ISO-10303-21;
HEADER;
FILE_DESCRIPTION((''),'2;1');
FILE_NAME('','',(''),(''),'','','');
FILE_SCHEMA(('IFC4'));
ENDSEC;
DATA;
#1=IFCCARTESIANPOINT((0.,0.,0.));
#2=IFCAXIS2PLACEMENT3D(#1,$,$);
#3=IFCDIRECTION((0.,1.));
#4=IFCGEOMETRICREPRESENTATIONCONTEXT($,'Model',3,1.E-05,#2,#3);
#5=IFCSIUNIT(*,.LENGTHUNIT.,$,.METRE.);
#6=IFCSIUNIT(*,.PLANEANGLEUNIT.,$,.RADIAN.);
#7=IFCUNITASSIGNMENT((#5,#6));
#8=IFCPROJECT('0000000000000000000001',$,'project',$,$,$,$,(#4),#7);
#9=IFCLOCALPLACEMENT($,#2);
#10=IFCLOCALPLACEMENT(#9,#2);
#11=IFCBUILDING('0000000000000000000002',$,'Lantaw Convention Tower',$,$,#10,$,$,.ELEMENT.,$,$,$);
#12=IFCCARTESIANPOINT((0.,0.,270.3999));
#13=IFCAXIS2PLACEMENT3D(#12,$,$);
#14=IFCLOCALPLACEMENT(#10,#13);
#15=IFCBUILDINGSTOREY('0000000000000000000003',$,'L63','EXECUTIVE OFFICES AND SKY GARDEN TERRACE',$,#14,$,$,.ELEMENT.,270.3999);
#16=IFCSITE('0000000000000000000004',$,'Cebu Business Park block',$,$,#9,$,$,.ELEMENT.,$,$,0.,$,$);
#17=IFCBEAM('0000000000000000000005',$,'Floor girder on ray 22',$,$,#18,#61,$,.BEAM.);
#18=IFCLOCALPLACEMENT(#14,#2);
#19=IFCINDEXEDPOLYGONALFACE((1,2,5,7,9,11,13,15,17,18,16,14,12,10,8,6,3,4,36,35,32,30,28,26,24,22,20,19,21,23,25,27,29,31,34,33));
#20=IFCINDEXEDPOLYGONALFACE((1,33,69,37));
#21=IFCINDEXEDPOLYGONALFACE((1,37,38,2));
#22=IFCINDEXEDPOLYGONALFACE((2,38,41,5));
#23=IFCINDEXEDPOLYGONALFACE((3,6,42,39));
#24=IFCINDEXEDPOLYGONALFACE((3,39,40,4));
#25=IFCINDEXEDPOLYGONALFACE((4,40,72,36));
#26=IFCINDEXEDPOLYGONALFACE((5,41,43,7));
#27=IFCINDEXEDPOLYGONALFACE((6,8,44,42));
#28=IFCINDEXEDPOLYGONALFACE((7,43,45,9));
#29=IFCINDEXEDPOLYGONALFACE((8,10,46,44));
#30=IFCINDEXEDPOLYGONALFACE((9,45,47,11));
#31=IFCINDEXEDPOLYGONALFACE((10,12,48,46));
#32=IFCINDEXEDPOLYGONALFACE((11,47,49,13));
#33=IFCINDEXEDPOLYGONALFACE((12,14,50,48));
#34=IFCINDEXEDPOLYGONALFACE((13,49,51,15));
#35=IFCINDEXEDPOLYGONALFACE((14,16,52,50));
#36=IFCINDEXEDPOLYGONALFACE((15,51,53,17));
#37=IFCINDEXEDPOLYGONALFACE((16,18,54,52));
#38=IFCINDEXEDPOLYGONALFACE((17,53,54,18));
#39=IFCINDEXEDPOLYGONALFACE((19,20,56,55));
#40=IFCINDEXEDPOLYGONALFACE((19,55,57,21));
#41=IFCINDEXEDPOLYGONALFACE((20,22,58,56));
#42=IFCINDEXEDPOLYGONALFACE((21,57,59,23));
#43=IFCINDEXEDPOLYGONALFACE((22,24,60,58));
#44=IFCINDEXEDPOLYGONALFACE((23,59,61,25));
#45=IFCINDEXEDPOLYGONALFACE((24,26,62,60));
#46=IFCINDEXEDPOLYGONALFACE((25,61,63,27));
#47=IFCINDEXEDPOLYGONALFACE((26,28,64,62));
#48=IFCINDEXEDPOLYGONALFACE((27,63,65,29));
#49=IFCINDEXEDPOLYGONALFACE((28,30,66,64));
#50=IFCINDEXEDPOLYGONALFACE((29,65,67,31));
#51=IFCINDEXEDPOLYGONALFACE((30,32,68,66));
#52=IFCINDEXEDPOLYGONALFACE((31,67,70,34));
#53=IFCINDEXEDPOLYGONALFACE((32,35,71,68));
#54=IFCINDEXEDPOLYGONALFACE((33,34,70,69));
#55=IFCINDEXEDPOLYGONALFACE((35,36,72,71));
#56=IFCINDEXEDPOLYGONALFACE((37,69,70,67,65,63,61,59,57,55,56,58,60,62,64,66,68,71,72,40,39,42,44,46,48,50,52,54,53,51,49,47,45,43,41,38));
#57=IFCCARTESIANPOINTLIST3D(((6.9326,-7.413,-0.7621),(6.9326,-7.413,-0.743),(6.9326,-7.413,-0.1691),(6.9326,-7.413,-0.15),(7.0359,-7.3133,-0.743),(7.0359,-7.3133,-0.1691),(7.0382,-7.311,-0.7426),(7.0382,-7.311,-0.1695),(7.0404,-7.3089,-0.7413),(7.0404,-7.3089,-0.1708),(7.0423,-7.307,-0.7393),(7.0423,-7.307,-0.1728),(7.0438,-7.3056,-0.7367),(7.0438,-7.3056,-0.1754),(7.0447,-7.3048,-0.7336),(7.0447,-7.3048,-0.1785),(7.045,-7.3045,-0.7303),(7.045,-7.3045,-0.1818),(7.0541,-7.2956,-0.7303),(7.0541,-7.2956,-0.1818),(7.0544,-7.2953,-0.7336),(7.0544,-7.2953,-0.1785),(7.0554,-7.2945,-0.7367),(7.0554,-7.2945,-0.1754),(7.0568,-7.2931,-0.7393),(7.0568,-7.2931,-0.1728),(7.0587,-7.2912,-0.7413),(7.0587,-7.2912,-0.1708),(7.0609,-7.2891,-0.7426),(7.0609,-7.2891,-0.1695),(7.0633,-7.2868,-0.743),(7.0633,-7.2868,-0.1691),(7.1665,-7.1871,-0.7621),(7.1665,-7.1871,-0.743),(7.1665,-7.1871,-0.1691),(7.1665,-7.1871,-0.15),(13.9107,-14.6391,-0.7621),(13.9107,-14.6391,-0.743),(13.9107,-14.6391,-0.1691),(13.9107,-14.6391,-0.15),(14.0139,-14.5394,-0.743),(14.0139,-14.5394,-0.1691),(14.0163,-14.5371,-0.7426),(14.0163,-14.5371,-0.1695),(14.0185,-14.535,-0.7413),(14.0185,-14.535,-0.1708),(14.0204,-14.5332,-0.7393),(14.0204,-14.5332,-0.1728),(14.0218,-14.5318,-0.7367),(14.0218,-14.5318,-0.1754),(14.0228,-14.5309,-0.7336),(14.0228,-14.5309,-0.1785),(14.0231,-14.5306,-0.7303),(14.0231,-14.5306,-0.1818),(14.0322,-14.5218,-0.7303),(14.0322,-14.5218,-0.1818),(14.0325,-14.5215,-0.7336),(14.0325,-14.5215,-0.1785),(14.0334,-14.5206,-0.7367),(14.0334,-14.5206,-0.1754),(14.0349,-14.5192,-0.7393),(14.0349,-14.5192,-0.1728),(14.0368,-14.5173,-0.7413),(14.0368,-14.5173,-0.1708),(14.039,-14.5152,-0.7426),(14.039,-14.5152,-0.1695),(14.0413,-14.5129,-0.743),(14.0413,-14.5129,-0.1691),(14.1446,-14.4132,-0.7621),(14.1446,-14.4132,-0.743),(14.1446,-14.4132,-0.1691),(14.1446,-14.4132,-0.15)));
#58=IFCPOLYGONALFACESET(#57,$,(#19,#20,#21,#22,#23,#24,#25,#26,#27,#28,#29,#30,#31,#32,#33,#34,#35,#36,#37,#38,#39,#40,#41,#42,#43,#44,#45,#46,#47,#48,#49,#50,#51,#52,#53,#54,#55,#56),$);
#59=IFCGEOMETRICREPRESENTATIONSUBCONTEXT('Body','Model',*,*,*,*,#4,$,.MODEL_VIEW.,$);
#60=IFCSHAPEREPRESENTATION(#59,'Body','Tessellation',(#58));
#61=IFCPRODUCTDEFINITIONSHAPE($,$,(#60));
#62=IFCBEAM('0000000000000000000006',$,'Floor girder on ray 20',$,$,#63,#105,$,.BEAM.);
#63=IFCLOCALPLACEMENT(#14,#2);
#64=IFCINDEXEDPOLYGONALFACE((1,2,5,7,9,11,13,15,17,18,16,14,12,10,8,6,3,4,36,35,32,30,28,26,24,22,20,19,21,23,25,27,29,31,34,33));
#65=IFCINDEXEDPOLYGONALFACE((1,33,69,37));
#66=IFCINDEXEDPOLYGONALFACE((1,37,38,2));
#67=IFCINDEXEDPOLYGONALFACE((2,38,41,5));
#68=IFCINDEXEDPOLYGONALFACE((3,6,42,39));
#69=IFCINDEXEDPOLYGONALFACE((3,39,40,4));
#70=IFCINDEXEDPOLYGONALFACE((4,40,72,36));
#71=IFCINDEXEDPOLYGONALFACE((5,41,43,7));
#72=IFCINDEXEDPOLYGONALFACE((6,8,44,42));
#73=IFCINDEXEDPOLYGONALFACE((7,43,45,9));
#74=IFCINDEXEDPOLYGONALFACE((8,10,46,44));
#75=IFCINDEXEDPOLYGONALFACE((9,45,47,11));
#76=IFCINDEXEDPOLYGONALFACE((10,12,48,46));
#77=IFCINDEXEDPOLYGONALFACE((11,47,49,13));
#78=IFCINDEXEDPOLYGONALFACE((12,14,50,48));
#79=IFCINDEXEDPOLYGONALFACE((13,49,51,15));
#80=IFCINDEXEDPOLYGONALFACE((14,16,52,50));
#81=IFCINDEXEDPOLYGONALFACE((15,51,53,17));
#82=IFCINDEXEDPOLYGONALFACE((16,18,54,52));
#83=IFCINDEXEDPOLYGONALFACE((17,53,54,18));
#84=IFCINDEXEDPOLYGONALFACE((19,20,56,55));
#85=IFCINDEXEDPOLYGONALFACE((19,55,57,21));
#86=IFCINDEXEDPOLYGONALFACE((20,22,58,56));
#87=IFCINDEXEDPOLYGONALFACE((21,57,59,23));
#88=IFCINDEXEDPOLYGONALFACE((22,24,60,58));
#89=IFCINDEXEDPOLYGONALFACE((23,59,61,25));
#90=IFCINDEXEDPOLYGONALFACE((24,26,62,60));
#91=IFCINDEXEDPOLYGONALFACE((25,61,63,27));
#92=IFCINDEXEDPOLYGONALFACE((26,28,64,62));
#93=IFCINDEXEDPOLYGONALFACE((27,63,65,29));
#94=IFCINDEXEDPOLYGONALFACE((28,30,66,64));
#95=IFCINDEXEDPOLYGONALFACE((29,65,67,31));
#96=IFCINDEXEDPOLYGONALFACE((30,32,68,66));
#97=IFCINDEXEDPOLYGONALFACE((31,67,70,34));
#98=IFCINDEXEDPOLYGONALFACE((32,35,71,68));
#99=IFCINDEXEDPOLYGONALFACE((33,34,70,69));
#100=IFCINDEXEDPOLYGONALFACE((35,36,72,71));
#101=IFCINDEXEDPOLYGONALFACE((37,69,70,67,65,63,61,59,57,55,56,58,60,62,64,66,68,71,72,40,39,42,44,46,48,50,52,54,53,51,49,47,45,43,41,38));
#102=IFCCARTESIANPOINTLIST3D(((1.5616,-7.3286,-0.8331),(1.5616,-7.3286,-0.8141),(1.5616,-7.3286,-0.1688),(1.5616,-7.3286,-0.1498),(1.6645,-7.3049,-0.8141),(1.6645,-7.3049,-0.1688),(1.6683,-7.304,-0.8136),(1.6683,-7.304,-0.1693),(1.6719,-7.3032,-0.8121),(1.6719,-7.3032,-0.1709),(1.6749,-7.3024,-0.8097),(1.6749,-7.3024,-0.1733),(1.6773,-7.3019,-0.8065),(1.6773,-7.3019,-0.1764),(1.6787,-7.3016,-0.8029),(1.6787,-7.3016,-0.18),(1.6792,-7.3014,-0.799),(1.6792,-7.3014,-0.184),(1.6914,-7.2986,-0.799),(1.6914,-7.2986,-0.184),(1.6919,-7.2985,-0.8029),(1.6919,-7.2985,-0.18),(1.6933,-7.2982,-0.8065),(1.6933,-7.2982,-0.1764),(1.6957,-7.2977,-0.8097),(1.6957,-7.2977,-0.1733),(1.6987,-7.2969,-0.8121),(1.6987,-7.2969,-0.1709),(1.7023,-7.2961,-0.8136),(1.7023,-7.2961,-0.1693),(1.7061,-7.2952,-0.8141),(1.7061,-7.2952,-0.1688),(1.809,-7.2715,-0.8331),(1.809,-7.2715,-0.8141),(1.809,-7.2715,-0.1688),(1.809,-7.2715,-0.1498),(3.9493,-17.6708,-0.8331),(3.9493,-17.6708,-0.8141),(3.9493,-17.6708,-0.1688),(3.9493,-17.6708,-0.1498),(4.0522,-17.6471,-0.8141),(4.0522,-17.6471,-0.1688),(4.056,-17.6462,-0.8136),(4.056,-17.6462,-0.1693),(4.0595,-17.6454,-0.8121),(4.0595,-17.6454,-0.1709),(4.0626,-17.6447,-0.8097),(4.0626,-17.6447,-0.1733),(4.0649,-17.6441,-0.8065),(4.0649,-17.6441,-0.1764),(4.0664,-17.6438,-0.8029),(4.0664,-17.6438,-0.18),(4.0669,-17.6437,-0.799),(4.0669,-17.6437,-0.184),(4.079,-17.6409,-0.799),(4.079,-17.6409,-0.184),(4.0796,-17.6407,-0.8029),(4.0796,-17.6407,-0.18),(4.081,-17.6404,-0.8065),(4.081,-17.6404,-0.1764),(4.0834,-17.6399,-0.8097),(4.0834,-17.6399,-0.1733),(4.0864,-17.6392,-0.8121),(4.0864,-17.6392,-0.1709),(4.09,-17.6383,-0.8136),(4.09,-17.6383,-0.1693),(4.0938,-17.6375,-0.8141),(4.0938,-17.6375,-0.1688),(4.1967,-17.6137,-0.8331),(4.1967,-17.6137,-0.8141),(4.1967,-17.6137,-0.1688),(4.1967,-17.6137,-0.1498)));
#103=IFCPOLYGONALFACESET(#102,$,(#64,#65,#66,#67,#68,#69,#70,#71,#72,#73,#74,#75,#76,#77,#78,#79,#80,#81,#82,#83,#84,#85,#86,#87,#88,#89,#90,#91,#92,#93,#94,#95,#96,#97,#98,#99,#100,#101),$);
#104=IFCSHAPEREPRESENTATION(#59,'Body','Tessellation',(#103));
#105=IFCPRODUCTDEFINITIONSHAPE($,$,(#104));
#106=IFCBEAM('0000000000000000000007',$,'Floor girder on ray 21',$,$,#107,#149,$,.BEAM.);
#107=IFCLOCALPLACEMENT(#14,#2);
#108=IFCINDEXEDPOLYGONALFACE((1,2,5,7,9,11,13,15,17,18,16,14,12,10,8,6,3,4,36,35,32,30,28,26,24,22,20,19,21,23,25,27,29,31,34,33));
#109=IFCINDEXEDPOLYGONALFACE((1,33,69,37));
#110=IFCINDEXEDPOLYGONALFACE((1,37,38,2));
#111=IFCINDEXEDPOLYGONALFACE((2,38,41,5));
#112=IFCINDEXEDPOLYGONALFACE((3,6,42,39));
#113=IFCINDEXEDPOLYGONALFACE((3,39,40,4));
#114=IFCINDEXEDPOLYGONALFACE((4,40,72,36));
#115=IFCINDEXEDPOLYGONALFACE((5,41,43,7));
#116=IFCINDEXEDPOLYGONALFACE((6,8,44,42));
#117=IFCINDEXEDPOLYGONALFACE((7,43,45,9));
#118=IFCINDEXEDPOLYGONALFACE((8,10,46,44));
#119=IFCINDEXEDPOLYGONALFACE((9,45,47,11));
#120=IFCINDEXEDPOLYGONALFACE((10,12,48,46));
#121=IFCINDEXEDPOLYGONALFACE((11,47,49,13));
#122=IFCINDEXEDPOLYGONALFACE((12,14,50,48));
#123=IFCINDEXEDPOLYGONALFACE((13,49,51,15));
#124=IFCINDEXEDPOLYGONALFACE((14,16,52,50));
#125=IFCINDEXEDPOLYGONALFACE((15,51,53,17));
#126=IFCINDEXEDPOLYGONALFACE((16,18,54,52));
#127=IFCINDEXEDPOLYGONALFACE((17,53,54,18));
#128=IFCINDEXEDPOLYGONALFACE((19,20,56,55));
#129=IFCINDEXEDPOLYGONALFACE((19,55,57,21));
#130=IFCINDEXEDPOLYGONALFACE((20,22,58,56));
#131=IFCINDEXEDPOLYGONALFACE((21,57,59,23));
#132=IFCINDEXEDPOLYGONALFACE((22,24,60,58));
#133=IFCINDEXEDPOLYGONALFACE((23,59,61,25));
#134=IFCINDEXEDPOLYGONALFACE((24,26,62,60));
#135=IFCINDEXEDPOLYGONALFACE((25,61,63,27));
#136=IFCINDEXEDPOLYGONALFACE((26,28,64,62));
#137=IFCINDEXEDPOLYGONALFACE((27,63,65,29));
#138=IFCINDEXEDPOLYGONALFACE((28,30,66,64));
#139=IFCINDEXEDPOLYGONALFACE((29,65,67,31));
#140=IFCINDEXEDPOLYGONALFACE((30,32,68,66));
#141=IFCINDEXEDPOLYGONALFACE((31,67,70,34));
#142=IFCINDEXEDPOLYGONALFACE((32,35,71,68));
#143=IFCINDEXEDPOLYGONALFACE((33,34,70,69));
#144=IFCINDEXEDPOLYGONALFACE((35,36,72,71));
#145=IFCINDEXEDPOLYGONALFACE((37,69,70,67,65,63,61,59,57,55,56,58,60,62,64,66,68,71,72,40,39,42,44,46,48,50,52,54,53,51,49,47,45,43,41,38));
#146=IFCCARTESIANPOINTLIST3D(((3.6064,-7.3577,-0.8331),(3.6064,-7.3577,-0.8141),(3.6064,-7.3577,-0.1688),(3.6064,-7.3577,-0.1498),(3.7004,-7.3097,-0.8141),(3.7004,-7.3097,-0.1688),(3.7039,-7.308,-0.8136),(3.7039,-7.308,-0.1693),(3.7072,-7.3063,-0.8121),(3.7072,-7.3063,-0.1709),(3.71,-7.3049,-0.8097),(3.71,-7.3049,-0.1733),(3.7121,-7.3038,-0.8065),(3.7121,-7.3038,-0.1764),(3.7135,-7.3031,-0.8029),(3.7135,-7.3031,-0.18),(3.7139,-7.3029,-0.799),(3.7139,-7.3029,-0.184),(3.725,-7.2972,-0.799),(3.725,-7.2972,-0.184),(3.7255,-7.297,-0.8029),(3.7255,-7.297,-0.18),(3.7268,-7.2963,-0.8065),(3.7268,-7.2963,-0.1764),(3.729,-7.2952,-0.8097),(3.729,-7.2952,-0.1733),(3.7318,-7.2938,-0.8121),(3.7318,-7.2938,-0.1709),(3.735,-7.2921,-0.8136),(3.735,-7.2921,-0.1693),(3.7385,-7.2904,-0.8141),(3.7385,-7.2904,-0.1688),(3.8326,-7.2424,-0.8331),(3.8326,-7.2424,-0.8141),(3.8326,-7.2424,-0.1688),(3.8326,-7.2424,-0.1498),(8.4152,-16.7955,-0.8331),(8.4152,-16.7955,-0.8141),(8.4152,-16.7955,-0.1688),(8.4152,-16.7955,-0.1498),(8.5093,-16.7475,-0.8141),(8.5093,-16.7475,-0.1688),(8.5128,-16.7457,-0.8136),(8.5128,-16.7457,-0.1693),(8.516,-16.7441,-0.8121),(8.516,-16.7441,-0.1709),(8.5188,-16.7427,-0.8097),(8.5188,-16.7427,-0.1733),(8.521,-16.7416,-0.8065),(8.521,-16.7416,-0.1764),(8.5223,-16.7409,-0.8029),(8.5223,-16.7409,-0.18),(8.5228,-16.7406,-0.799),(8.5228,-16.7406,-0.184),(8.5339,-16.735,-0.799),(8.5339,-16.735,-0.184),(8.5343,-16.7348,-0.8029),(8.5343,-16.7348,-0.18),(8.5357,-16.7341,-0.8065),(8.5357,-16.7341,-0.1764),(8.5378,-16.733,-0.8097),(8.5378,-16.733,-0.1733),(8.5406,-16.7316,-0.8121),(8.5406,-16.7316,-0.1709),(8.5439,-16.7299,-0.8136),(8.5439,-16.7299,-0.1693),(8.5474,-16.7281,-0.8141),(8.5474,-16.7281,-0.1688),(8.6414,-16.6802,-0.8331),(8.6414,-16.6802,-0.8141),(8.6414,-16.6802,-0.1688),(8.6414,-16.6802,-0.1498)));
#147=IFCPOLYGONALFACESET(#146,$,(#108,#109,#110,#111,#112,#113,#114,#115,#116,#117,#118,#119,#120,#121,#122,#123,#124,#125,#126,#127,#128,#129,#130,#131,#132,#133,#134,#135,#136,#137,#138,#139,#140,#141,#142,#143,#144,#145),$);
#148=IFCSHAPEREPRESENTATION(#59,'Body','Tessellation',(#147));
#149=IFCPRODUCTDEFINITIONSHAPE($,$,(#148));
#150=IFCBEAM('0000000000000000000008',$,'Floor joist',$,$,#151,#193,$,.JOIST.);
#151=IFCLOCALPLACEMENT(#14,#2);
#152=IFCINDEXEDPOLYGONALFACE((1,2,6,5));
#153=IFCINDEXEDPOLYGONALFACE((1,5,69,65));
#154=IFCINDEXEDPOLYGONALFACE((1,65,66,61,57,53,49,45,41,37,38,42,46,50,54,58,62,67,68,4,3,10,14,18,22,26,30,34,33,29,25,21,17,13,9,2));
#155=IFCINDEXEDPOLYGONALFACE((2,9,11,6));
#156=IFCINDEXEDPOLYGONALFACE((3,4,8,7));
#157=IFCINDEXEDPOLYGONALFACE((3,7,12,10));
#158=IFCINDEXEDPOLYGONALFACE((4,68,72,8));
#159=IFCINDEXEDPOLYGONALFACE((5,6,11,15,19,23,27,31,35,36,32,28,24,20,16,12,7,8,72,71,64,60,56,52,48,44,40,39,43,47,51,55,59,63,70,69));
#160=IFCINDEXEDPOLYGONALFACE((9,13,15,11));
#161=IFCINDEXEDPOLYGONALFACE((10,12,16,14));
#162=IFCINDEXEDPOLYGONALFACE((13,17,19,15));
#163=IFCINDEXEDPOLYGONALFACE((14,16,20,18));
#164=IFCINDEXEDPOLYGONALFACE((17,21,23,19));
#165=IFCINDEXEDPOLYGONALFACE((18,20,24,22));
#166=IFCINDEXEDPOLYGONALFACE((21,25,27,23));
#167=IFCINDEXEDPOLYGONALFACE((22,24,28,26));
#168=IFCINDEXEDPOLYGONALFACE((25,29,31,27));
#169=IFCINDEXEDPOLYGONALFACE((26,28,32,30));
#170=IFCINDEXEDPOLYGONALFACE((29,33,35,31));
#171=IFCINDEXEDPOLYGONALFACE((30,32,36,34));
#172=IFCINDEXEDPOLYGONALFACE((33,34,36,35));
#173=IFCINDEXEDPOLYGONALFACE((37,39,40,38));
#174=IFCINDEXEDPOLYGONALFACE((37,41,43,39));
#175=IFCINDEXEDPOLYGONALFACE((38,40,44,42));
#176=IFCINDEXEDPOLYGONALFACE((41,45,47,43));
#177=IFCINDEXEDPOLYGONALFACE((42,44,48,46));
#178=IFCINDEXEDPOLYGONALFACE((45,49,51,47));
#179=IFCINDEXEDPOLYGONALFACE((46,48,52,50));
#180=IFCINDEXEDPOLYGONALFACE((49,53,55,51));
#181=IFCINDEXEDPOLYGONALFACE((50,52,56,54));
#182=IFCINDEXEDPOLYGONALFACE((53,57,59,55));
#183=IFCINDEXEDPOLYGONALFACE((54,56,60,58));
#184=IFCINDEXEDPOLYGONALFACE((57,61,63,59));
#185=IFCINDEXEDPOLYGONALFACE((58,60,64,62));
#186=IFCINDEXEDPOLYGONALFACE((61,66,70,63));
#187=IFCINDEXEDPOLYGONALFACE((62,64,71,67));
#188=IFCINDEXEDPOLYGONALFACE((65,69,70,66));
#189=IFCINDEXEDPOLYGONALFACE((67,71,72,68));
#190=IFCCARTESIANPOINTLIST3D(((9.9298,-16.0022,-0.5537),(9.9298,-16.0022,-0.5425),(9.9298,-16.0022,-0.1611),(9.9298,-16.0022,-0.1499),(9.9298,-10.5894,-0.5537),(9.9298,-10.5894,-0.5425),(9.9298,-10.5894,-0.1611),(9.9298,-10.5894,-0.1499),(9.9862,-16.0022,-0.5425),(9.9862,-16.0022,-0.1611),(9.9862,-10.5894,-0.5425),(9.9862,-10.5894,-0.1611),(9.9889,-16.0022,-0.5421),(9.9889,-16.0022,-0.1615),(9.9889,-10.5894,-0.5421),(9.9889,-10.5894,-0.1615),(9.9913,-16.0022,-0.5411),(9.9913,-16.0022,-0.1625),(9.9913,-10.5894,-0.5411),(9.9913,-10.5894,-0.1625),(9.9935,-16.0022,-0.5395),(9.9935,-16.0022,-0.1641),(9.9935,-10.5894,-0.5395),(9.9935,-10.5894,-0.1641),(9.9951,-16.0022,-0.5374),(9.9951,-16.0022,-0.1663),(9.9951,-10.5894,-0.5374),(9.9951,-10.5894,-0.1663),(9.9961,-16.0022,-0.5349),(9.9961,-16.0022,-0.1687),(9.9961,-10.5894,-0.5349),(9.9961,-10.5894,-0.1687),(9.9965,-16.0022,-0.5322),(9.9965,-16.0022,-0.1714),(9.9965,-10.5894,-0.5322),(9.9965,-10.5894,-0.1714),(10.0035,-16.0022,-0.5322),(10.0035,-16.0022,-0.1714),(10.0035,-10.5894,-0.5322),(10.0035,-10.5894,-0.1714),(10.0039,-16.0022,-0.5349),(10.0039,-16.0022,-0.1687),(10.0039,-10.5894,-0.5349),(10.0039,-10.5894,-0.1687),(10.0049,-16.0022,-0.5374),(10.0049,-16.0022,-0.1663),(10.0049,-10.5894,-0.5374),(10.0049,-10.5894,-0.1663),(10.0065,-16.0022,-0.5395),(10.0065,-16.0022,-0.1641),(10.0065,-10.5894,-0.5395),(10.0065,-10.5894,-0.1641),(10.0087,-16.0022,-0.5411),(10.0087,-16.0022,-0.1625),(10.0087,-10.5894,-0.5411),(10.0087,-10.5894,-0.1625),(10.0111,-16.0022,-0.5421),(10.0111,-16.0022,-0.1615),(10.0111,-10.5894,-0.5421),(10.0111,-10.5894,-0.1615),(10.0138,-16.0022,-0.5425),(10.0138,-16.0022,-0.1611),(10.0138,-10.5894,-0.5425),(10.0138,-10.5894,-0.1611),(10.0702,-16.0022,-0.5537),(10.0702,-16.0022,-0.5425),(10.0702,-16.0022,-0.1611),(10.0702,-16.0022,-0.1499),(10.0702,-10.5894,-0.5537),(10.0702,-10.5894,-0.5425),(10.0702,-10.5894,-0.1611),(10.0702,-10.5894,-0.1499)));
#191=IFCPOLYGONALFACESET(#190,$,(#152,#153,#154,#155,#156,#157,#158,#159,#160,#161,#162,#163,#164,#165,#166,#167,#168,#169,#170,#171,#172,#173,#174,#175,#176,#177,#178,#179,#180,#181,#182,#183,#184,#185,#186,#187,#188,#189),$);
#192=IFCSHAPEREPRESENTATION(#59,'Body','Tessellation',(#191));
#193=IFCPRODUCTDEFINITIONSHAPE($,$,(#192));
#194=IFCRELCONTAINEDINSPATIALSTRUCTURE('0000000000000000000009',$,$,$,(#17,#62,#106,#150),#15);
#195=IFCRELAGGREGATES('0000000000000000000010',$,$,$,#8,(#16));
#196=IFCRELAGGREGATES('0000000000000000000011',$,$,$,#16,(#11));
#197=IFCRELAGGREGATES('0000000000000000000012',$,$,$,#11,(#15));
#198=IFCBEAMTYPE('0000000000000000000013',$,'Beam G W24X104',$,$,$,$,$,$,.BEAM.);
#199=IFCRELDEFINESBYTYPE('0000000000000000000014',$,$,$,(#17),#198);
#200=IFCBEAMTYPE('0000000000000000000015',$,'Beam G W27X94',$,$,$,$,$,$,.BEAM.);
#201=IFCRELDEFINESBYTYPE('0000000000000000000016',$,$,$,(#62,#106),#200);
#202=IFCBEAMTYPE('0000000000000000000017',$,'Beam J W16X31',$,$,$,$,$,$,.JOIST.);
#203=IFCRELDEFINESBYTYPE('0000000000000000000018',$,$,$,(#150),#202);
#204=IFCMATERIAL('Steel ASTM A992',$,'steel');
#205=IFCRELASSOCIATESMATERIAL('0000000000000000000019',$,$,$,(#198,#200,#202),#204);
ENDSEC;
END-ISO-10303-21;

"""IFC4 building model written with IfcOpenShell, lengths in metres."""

from ifc_helpers import new_model, si_unit, direction, frame, origin, origin_2d, place, context, subcontext, project, spatial, i_section, extrude, material, material_profile, profile_set, type_object, element, save


model = new_model("IFC4")

# Units and contexts
model_context = context("Model", 3, precision=1e-05, world=origin(), true_north=direction((0.0, 1.0)))
body_context = subcontext(model_context, "Body", "Model", "MODEL_VIEW")
ifc_project = project(units=[si_unit("LENGTHUNIT", "METRE"), si_unit("PLANEANGLEUNIT", "RADIAN")], contexts=[model_context])

# Site, building, storey
site_placement = place(None, origin())
site = spatial("IfcSite", under=ifc_project, at=site_placement, Name="Cebu Business Park block", CompositionType="ELEMENT", RefElevation=0.0)
building_placement = place(site_placement, origin())
building = spatial("IfcBuilding", under=site, at=building_placement, Name="Lantaw Convention Tower", CompositionType="ELEMENT")
storey_placement = place(building_placement, frame((0.0, 0.0, 270.3999)))
storey = spatial("IfcBuildingStorey", under=building, at=storey_placement, Name="L63", Description="EXECUTIVE OFFICES AND SKY GARDEN TERRACE", CompositionType="ELEMENT", Elevation=270.3999)

# Beams
ifc_material_1 = material(Name="Steel ASTM A992", Category="steel")
ifc_material_profile_1 = material_profile(ifc_material_1, i_section(OverallWidth=0.3252, OverallDepth=0.6121, WebThickness=0.0127, FlangeThickness=0.019, FilletRadius=0.0127, at=origin_2d()), Name="W24X104")
ifc_profile_set_1 = profile_set([ifc_material_profile_1], Name="Steel ASTM A992")
beam_type_1 = type_object("IfcBeamType", Name="Beam G W24X104", PredefinedType="BEAM", material=ifc_profile_set_1)
beam_1_placement = place(storey_placement, frame((7.0496, -7.3, -0.4561), z_axis=(0.694653, -0.719345, 0.0), x_axis=(0.719345, 0.694653, 0.0)))
element("IfcBeam", 1, at=beam_1_placement, inside=storey, type_object=beam_type_1, Name="Floor girder on ray 22", PredefinedType="BEAM", context=body_context, shape_type="SweptSolid", body=[
    extrude(i_section(OverallWidth=0.3252, OverallDepth=0.6121, WebThickness=0.0127, FlangeThickness=0.019, FilletRadius=0.0127, at=origin_2d()), origin(), (0.0, 0.0, 1.0), 10.0454),
])
ifc_material_profile_2 = material_profile(ifc_material_1, i_section(OverallWidth=0.2539, OverallDepth=0.6833, WebThickness=0.0125, FlangeThickness=0.019, FilletRadius=0.0151, at=origin_2d()), Name="W27X94")
ifc_profile_set_2 = profile_set([ifc_material_profile_2], Name="Steel ASTM A992")
beam_type_2 = type_object("IfcBeamType", Name="Beam G W27X94", PredefinedType="BEAM", material=ifc_profile_set_2)
beam_2_placement = place(storey_placement, frame((1.6853, -7.3, -0.4915), z_axis=(0.22495, -0.97437, 0.0), x_axis=(0.97437, 0.22495, 0.0)))
element("IfcBeam", 2, at=beam_2_placement, inside=storey, type_object=beam_type_2, Name="Floor girder on ray 20", PredefinedType="BEAM", context=body_context, shape_type="SweptSolid", body=[
    extrude(i_section(OverallWidth=0.2539, OverallDepth=0.6833, WebThickness=0.0125, FlangeThickness=0.019, FilletRadius=0.0151, at=origin_2d()), origin(), (0.0, 0.0, 1.0), 10.6143),
])
beam_3_placement = place(storey_placement, frame((3.7195, -7.3, -0.4915), z_axis=(0.453996, -0.891004, 0.0), x_axis=(0.891004, 0.453996, 0.0)))
element("IfcBeam", 3, at=beam_3_placement, inside=storey, type_object=beam_type_2, Name="Floor girder on ray 21", PredefinedType="BEAM", context=body_context, shape_type="SweptSolid", body=[
    extrude(i_section(OverallWidth=0.2539, OverallDepth=0.6833, WebThickness=0.0125, FlangeThickness=0.019, FilletRadius=0.0151, at=origin_2d()), origin(), (0.0, 0.0, 1.0), 10.5923),
])
ifc_material_profile_3 = material_profile(ifc_material_1, i_section(OverallWidth=0.1404, OverallDepth=0.4038, WebThickness=0.0071, FlangeThickness=0.0112, FilletRadius=0.0103, at=origin_2d()), Name="W16X31")
ifc_profile_set_3 = profile_set([ifc_material_profile_3], Name="Steel ASTM A992")
beam_type_3 = type_object("IfcBeamType", Name="Beam J W16X31", PredefinedType="JOIST", material=ifc_profile_set_3)
beam_4_placement = place(storey_placement, frame((10.0, -16.0022, -0.3518), z_axis=(0.0, 1.0, 0.0), x_axis=(-1.0, 0.0, 0.0)))
element("IfcBeam", 4, at=beam_4_placement, inside=storey, type_object=beam_type_3, Name="Floor joist", PredefinedType="JOIST", context=body_context, shape_type="SweptSolid", body=[
    extrude(i_section(OverallWidth=0.1404, OverallDepth=0.4038, WebThickness=0.0071, FlangeThickness=0.0112, FilletRadius=0.0103, at=origin_2d()), origin(), (0.0, 0.0, 1.0), 5.4128),
])

save(model, "model.ifc")
